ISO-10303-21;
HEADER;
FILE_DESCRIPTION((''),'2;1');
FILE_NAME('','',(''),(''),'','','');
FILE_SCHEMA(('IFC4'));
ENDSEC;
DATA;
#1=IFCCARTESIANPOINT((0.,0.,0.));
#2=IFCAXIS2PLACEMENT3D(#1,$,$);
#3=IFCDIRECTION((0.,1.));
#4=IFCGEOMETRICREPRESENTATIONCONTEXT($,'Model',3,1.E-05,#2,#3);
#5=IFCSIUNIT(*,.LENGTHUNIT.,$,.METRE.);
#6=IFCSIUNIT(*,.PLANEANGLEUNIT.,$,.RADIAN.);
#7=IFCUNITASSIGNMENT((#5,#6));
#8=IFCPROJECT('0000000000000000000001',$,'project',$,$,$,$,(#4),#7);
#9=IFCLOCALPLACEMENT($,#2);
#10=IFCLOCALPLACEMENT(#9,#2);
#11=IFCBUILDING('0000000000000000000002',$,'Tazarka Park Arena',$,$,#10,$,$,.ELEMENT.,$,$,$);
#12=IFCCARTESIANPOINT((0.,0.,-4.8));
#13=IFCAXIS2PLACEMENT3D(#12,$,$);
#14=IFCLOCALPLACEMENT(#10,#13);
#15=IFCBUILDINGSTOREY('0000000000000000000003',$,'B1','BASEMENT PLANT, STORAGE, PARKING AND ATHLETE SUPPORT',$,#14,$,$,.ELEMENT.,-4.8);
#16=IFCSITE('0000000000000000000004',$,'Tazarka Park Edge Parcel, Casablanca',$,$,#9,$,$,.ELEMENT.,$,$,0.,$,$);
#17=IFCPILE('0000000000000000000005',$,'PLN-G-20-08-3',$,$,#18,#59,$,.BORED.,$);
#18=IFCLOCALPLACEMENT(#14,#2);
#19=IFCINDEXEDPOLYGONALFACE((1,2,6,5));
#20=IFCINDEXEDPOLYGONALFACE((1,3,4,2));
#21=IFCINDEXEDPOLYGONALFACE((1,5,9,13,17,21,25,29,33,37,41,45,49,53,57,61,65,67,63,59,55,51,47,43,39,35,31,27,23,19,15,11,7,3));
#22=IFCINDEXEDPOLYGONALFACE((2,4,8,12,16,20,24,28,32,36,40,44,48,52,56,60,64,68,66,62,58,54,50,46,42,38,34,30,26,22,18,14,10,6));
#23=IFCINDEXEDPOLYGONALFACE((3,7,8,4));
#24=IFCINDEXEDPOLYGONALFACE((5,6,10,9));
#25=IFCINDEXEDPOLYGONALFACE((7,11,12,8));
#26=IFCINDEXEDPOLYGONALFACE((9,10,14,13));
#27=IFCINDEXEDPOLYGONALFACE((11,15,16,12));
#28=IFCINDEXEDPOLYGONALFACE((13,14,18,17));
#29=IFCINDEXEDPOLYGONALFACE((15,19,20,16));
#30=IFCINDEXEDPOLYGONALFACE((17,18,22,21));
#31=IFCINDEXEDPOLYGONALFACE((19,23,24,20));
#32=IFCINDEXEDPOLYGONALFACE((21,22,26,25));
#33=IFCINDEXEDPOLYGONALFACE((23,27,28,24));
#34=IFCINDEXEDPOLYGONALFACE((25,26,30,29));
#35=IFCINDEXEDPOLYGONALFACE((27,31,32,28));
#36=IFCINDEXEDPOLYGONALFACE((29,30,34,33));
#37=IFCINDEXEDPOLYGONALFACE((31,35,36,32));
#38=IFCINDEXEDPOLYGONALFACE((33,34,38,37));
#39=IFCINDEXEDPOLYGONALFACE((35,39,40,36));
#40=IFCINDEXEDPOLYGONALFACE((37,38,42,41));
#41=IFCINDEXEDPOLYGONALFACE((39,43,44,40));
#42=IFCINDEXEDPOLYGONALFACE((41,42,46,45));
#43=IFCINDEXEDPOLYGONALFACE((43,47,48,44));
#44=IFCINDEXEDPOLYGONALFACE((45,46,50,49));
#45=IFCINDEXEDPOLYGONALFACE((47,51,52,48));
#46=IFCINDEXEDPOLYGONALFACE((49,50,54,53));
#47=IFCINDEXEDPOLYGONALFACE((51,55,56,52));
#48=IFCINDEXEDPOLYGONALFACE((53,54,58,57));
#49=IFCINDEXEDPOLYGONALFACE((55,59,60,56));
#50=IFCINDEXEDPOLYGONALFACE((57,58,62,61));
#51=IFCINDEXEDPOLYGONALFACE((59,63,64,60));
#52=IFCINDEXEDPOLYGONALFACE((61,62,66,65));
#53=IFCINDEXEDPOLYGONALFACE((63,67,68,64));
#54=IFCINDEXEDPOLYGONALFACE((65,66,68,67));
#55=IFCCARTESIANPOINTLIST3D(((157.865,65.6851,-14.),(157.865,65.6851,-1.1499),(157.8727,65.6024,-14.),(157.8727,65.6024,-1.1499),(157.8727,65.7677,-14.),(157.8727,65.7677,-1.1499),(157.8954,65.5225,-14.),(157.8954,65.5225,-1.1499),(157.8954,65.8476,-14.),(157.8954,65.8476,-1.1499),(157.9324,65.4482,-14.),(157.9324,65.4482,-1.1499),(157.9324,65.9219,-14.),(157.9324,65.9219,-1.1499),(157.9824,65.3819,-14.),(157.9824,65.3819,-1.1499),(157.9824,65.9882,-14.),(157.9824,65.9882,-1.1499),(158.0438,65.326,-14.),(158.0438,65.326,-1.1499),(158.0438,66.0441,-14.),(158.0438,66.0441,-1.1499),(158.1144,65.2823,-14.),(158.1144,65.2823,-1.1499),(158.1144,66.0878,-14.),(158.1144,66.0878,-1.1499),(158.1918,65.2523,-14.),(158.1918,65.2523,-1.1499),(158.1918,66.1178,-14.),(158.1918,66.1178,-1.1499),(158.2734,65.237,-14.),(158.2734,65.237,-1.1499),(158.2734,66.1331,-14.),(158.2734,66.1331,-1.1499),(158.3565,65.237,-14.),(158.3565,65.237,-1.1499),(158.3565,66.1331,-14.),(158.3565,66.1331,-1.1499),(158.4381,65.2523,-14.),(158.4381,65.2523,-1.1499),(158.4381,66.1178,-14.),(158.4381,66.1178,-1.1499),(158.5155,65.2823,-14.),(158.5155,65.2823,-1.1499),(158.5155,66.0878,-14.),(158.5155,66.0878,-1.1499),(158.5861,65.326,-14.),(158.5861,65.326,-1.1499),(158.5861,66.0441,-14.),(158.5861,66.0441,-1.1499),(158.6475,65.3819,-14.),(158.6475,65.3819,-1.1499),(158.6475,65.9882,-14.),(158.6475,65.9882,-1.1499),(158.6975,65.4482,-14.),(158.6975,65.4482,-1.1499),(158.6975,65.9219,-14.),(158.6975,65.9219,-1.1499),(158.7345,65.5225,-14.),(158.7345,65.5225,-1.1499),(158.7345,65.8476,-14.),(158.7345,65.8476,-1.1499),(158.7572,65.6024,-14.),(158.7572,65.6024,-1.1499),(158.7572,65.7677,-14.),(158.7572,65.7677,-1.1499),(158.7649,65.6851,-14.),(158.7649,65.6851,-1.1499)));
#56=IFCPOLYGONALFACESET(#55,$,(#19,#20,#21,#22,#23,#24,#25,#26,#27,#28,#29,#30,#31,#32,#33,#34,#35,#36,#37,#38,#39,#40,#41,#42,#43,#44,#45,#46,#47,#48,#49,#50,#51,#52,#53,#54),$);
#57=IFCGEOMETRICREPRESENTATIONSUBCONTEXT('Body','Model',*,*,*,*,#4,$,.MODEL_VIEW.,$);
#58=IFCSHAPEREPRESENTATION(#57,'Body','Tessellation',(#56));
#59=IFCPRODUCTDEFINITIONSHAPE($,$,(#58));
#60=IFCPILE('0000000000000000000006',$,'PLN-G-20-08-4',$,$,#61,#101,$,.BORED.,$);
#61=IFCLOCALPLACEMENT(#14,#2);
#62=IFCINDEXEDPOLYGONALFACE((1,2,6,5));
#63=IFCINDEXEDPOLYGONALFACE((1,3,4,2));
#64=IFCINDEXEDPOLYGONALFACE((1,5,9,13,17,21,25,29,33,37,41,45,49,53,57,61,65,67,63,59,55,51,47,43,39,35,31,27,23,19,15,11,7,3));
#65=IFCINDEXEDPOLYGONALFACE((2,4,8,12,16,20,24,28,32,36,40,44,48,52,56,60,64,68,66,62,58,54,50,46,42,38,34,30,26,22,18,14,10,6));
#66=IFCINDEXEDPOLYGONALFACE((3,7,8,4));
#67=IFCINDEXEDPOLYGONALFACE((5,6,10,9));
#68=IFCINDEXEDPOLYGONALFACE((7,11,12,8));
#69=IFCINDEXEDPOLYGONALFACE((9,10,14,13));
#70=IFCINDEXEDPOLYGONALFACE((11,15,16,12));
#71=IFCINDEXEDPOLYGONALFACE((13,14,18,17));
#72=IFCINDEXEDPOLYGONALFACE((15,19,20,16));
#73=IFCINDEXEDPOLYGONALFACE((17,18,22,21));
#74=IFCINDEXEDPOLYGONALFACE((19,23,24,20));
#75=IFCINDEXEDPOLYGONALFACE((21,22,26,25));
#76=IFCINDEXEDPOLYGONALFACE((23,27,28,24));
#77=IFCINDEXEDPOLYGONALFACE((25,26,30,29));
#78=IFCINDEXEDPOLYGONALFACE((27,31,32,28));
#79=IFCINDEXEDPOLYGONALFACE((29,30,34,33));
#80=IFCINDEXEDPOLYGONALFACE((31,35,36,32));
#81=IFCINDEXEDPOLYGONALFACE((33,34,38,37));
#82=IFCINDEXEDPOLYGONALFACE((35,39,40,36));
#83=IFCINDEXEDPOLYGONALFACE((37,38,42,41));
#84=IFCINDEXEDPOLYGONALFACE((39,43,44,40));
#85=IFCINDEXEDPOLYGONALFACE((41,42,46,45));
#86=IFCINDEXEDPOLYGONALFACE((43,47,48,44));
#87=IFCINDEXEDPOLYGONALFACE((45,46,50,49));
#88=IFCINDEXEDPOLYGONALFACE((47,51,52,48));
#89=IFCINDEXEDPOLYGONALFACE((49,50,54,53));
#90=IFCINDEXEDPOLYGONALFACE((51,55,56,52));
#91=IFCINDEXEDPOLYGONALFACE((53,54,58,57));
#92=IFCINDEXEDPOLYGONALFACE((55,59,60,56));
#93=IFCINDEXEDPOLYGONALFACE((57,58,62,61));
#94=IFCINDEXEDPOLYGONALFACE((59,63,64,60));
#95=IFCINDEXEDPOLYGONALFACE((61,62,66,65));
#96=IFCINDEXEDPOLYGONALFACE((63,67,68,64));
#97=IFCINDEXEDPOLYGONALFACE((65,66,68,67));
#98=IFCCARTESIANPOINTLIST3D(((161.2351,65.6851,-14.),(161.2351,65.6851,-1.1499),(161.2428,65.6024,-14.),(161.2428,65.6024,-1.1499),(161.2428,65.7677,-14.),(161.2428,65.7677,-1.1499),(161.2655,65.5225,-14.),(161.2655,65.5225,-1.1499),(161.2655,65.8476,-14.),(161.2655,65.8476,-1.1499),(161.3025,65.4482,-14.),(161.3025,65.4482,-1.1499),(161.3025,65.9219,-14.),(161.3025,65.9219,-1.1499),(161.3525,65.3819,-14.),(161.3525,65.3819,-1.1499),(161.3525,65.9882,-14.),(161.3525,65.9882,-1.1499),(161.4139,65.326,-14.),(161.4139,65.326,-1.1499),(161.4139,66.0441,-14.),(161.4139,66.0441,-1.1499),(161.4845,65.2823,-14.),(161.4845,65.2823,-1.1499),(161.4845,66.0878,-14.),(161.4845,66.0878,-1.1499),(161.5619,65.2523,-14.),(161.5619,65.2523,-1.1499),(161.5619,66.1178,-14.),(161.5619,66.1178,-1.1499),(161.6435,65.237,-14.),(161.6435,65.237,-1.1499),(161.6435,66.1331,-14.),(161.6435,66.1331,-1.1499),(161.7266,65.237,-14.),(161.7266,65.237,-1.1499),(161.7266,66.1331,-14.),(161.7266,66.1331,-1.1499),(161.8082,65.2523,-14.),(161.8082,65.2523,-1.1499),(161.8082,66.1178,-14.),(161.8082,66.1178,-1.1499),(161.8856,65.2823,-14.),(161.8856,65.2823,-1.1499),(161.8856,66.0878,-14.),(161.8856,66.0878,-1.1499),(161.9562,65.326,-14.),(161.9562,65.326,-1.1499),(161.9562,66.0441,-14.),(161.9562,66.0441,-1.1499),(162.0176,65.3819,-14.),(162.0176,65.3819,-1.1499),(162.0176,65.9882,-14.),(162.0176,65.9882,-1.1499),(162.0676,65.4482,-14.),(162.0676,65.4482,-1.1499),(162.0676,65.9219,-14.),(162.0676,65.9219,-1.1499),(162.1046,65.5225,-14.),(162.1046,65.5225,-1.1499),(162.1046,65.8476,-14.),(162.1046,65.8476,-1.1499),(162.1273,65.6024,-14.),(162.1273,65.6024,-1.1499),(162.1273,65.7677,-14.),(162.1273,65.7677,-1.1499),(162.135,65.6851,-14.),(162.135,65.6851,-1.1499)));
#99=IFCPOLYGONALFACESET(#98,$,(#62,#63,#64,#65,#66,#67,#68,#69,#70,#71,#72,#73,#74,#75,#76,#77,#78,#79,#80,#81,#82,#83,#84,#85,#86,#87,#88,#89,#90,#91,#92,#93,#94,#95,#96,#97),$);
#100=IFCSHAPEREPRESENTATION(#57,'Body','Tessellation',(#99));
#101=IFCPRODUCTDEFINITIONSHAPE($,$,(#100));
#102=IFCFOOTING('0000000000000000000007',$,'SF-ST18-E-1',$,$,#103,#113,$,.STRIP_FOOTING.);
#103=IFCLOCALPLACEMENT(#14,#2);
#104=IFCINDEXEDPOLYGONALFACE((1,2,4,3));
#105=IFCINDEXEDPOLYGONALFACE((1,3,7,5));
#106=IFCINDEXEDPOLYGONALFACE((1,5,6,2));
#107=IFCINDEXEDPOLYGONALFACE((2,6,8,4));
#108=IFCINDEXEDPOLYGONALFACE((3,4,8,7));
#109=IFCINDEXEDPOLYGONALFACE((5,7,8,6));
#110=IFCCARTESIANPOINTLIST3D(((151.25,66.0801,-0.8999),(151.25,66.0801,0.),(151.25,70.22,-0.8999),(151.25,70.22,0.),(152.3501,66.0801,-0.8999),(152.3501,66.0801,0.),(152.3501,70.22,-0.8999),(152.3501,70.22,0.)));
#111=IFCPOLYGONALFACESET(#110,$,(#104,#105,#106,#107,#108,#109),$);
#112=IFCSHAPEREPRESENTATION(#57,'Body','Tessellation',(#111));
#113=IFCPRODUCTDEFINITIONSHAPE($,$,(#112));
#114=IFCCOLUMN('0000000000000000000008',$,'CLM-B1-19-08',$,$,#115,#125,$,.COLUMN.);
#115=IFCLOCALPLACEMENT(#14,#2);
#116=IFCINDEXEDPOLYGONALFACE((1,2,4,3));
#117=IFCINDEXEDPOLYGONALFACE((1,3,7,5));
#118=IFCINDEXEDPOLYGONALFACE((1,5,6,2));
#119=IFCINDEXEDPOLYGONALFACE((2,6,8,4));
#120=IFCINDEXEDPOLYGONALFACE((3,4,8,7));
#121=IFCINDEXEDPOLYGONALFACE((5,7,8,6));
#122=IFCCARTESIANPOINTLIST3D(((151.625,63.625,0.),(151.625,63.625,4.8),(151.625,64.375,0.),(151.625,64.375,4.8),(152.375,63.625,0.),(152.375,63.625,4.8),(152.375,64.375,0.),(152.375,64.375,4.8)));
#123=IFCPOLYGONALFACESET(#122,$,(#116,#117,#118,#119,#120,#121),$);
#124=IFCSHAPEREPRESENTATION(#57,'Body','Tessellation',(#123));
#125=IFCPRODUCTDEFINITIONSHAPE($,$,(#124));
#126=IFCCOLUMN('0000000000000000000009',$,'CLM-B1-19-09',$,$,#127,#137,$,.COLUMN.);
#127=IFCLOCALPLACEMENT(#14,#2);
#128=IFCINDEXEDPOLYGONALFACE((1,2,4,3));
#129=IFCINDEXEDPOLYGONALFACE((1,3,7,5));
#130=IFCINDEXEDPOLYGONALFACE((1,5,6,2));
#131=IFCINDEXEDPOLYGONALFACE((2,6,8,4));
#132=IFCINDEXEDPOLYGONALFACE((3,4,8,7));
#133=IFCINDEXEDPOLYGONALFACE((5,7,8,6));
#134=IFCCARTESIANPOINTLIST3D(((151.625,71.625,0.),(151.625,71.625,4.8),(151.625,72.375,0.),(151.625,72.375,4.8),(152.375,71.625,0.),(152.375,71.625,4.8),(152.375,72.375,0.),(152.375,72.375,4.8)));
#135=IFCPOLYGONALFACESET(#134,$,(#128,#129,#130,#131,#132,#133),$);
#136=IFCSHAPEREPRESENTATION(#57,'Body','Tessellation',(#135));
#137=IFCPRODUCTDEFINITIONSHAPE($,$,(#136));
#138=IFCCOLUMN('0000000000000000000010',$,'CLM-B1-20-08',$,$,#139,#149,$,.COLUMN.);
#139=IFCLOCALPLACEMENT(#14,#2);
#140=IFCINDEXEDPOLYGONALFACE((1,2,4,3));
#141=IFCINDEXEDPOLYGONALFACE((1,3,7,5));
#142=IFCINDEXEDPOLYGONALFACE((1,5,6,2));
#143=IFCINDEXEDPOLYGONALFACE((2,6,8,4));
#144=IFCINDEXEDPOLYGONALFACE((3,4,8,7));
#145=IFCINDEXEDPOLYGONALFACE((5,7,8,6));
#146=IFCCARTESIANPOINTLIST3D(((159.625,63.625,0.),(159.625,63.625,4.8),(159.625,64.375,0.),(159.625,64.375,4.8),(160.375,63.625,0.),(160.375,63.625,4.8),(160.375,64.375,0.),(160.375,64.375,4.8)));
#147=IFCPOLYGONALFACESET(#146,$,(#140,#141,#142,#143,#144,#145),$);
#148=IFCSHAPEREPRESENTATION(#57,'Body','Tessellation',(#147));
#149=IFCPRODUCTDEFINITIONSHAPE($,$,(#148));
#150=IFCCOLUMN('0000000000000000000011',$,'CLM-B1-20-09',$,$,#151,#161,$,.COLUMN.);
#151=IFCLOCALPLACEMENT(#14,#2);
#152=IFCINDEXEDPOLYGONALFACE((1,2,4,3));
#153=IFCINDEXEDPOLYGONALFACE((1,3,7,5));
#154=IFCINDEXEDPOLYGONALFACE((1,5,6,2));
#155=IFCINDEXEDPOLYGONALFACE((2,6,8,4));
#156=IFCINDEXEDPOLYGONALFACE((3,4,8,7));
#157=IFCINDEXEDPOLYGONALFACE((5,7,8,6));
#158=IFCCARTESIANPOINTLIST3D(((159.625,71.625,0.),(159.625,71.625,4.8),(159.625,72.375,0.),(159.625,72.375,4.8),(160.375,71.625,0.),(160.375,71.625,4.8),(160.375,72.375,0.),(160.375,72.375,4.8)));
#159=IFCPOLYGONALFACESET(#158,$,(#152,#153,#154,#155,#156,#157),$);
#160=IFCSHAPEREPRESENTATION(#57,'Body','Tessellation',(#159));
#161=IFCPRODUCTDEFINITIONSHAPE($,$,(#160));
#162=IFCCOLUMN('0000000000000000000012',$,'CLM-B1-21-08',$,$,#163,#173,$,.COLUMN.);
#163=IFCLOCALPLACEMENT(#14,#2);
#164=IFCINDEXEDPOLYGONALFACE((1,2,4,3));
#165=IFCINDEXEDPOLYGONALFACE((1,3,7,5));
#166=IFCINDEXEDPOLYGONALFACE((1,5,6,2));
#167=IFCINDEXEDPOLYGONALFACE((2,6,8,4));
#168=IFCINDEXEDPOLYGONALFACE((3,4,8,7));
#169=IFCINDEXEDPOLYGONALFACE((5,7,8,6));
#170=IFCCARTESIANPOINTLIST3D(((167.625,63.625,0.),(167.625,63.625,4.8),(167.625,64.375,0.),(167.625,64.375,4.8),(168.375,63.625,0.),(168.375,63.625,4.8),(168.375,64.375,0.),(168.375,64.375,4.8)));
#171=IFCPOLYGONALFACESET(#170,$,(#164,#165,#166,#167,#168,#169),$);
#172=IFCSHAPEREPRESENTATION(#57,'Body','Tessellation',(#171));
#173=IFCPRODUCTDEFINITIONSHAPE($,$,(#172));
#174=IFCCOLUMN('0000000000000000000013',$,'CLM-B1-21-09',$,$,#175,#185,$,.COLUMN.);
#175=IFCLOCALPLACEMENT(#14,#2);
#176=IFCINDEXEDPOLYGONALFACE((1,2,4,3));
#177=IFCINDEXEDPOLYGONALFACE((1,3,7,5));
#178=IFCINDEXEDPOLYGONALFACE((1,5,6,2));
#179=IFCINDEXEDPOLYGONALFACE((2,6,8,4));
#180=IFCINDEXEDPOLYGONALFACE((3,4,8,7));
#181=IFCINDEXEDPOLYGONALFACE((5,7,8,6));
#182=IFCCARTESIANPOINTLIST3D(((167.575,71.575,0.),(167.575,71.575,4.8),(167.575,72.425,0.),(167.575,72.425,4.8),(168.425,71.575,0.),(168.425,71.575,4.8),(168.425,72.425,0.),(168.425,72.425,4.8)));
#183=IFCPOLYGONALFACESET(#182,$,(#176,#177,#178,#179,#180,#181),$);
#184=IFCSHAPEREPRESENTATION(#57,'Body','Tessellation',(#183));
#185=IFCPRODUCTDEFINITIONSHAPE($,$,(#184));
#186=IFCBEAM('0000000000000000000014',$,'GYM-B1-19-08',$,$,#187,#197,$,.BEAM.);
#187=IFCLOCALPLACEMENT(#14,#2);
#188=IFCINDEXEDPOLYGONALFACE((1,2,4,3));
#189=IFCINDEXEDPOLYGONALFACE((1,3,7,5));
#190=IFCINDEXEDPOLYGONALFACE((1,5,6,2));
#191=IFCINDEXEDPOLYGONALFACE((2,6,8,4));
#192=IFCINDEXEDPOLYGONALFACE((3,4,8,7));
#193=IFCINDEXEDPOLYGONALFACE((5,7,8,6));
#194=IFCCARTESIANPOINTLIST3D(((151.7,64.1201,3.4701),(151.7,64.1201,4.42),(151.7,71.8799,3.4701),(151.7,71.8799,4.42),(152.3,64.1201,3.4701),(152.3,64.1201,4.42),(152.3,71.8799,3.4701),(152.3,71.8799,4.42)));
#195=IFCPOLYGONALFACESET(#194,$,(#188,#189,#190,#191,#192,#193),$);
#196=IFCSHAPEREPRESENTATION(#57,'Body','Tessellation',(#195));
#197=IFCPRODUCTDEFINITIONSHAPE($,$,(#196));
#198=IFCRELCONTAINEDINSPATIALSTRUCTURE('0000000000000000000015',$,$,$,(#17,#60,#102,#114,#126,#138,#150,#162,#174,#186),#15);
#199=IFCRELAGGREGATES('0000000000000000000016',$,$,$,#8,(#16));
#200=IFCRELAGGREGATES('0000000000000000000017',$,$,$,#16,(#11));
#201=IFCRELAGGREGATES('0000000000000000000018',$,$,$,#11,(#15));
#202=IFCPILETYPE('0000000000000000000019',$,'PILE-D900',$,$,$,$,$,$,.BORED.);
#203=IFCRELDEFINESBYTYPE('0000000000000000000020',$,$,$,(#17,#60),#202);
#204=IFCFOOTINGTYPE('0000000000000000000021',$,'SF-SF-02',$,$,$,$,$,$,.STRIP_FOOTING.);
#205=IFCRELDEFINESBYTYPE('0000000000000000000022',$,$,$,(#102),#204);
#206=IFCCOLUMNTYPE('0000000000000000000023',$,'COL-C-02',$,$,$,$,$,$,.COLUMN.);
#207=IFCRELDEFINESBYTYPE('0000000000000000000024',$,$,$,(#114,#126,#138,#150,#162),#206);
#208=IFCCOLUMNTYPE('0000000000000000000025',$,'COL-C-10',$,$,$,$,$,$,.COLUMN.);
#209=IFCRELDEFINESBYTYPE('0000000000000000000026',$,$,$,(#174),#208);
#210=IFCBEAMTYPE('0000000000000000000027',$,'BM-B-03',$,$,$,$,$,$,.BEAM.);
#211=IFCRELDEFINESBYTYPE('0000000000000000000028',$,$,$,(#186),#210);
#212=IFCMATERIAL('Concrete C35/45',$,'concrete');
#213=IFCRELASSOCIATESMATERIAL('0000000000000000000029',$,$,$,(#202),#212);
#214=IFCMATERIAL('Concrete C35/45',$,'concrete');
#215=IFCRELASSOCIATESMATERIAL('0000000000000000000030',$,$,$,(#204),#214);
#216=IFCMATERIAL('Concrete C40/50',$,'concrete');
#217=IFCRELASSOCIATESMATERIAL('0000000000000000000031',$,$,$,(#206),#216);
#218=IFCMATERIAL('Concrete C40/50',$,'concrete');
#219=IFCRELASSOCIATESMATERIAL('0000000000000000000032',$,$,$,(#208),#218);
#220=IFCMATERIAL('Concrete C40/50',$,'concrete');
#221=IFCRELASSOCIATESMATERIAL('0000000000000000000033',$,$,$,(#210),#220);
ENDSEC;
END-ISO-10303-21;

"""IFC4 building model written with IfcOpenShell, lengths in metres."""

from ifc_helpers import new_model, si_unit, direction, frame, origin, origin_2d, place, context, subcontext, project, spatial, rectangle, circle, extrude, material, material_profile, profile_set, type_object, element, save


model = new_model("IFC4")

# Units and contexts
model_context = context("Model", 3, precision=1e-05, world=origin(), true_north=direction((0.0, 1.0)))
body_context = subcontext(model_context, "Body", "Model", "MODEL_VIEW")
ifc_project = project(units=[si_unit("LENGTHUNIT", "METRE"), si_unit("PLANEANGLEUNIT", "RADIAN")], contexts=[model_context])

# Site, building, storey
site_placement = place(None, origin())
site = spatial("IfcSite", under=ifc_project, at=site_placement, Name="Tazarka Park Edge Parcel, Casablanca", CompositionType="ELEMENT", RefElevation=0.0)
building_placement = place(site_placement, origin())
building = spatial("IfcBuilding", under=site, at=building_placement, Name="Tazarka Park Arena", CompositionType="ELEMENT")
storey_placement = place(building_placement, frame((0.0, 0.0, -4.8)))
storey = spatial("IfcBuildingStorey", under=building, at=storey_placement, Name="B1", Description="BASEMENT PLANT, STORAGE, PARKING AND ATHLETE SUPPORT", CompositionType="ELEMENT", Elevation=-4.8)

# Piles
ifc_material_1 = material(Name="Concrete C35/45", Category="concrete")
ifc_material_profile_1 = material_profile(ifc_material_1, circle(Radius=0.45, at=origin_2d()), Name="Concrete C35/45")
ifc_profile_set_1 = profile_set([ifc_material_profile_1], Name="Concrete C35/45")
pile_type = type_object("IfcPileType", Name="PILE-D900", PredefinedType="BORED", material=ifc_profile_set_1)
for number, where, z_axis, x_axis, name in (
    (1, (158.3149, 65.6851, -1.1499), (0.0, 0.0, -1.0), (1.0, 0.0, 0.0), "PLN-G-20-08-3"),
    (2, (161.6851, 65.6851, -1.1499), (0.0, 0.0, -1.0), (1.0, 0.0, 0.0), "PLN-G-20-08-4"),
):
    element("IfcPile", number, at=place(storey_placement, frame(where, z_axis=z_axis, x_axis=x_axis)), inside=storey, type_object=pile_type, Name=name, PredefinedType="BORED", context=body_context, shape_type="SweptSolid", body=[
        extrude(circle(Radius=0.45, at=origin_2d()), origin(), (0.0, 0.0, 1.0), 12.8501),
    ])

# Footing
ifc_material_2 = material(Name="Concrete C35/45", Category="concrete")
ifc_material_profile_2 = material_profile(ifc_material_2, rectangle(XDim=1.1001, YDim=0.8999, at=origin_2d()), Name="Concrete C35/45")
ifc_profile_set_2 = profile_set([ifc_material_profile_2], Name="Concrete C35/45")
footing_type_1 = type_object("IfcFootingType", Name="SF-SF-02", PredefinedType="STRIP_FOOTING", material=ifc_profile_set_2)
footing_1_placement = place(storey_placement, frame((151.8, 70.22, -0.45), z_axis=(0.0, -1.0, 0.0), x_axis=(1.0, 0.0, 0.0)))
element("IfcFooting", 3, at=footing_1_placement, inside=storey, type_object=footing_type_1, Name="SF-ST18-E-1", PredefinedType="STRIP_FOOTING", context=body_context, shape_type="SweptSolid", body=[
    extrude(rectangle(XDim=1.1001, YDim=0.8999, at=origin_2d()), origin(), (0.0, 0.0, 1.0), 4.1399),
])

# Columns
ifc_material_3 = material(Name="Concrete C40/50", Category="concrete")
ifc_material_profile_3 = material_profile(ifc_material_3, rectangle(XDim=0.75, YDim=0.75, at=origin_2d()), Name="Concrete C40/50")
ifc_profile_set_3 = profile_set([ifc_material_profile_3], Name="Concrete C40/50")
column_type_1 = type_object("IfcColumnType", Name="COL-C-02", PredefinedType="COLUMN", material=ifc_profile_set_3)
for number, where, z_axis, x_axis, name in (
    (4, (152.0, 64.0, 0.0), (0.0, 0.0, 1.0), (1.0, 0.0, 0.0), "CLM-B1-19-08"),
    (5, (152.0, 72.0, 0.0), (0.0, 0.0, 1.0), (1.0, 0.0, 0.0), "CLM-B1-19-09"),
    (6, (160.0, 64.0, 0.0), (0.0, 0.0, 1.0), (1.0, 0.0, 0.0), "CLM-B1-20-08"),
    (7, (160.0, 72.0, 0.0), (0.0, 0.0, 1.0), (1.0, 0.0, 0.0), "CLM-B1-20-09"),
    (8, (168.0, 64.0, 0.0), (0.0, 0.0, 1.0), (1.0, 0.0, 0.0), "CLM-B1-21-08"),
):
    element("IfcColumn", number, at=place(storey_placement, frame(where, z_axis=z_axis, x_axis=x_axis)), inside=storey, type_object=column_type_1, Name=name, PredefinedType="COLUMN", context=body_context, shape_type="SweptSolid", body=[
        extrude(rectangle(XDim=0.75, YDim=0.75, at=origin_2d()), origin(), (0.0, 0.0, 1.0), 4.8),
    ])
ifc_material_4 = material(Name="Concrete C40/50", Category="concrete")
ifc_material_profile_4 = material_profile(ifc_material_4, rectangle(XDim=0.8501, YDim=0.8501, at=origin_2d()), Name="Concrete C40/50")
ifc_profile_set_4 = profile_set([ifc_material_profile_4], Name="Concrete C40/50")
column_type_2 = type_object("IfcColumnType", Name="COL-C-10", PredefinedType="COLUMN", material=ifc_profile_set_4)
column_placement = place(storey_placement, frame((168.0, 72.0, 0.0), z_axis=(0.0, 0.0, 1.0), x_axis=(1.0, 0.0, 0.0)))
element("IfcColumn", 9, at=column_placement, inside=storey, type_object=column_type_2, Name="CLM-B1-21-09", PredefinedType="COLUMN", context=body_context, shape_type="SweptSolid", body=[
    extrude(rectangle(XDim=0.8501, YDim=0.8501, at=origin_2d()), origin(), (0.0, 0.0, 1.0), 4.8),
])

# Beam
ifc_material_5 = material(Name="Concrete C40/50", Category="concrete")
ifc_material_profile_5 = material_profile(ifc_material_5, rectangle(XDim=0.6001, YDim=0.95, at=origin_2d()), Name="Concrete C40/50")
ifc_profile_set_5 = profile_set([ifc_material_profile_5], Name="Concrete C40/50")
beam_type_1 = type_object("IfcBeamType", Name="BM-B-03", PredefinedType="BEAM", material=ifc_profile_set_5)
for number, where, z_axis, x_axis, name in (
    (10, (152.0, 64.1201, 3.9451), (0.0, 1.0, 0.0), (-1.0, 0.0, 0.0), "GYM-B1-19-08"),
):
    element("IfcBeam", number, at=place(storey_placement, frame(where, z_axis=z_axis, x_axis=x_axis)), inside=storey, type_object=beam_type_1, Name=name, PredefinedType="BEAM", context=body_context, shape_type="SweptSolid", body=[
        extrude(rectangle(XDim=0.6001, YDim=0.95, at=origin_2d()), origin(), (0.0, 0.0, 1.0), 7.7598),
    ])

save(model, "model.ifc")
